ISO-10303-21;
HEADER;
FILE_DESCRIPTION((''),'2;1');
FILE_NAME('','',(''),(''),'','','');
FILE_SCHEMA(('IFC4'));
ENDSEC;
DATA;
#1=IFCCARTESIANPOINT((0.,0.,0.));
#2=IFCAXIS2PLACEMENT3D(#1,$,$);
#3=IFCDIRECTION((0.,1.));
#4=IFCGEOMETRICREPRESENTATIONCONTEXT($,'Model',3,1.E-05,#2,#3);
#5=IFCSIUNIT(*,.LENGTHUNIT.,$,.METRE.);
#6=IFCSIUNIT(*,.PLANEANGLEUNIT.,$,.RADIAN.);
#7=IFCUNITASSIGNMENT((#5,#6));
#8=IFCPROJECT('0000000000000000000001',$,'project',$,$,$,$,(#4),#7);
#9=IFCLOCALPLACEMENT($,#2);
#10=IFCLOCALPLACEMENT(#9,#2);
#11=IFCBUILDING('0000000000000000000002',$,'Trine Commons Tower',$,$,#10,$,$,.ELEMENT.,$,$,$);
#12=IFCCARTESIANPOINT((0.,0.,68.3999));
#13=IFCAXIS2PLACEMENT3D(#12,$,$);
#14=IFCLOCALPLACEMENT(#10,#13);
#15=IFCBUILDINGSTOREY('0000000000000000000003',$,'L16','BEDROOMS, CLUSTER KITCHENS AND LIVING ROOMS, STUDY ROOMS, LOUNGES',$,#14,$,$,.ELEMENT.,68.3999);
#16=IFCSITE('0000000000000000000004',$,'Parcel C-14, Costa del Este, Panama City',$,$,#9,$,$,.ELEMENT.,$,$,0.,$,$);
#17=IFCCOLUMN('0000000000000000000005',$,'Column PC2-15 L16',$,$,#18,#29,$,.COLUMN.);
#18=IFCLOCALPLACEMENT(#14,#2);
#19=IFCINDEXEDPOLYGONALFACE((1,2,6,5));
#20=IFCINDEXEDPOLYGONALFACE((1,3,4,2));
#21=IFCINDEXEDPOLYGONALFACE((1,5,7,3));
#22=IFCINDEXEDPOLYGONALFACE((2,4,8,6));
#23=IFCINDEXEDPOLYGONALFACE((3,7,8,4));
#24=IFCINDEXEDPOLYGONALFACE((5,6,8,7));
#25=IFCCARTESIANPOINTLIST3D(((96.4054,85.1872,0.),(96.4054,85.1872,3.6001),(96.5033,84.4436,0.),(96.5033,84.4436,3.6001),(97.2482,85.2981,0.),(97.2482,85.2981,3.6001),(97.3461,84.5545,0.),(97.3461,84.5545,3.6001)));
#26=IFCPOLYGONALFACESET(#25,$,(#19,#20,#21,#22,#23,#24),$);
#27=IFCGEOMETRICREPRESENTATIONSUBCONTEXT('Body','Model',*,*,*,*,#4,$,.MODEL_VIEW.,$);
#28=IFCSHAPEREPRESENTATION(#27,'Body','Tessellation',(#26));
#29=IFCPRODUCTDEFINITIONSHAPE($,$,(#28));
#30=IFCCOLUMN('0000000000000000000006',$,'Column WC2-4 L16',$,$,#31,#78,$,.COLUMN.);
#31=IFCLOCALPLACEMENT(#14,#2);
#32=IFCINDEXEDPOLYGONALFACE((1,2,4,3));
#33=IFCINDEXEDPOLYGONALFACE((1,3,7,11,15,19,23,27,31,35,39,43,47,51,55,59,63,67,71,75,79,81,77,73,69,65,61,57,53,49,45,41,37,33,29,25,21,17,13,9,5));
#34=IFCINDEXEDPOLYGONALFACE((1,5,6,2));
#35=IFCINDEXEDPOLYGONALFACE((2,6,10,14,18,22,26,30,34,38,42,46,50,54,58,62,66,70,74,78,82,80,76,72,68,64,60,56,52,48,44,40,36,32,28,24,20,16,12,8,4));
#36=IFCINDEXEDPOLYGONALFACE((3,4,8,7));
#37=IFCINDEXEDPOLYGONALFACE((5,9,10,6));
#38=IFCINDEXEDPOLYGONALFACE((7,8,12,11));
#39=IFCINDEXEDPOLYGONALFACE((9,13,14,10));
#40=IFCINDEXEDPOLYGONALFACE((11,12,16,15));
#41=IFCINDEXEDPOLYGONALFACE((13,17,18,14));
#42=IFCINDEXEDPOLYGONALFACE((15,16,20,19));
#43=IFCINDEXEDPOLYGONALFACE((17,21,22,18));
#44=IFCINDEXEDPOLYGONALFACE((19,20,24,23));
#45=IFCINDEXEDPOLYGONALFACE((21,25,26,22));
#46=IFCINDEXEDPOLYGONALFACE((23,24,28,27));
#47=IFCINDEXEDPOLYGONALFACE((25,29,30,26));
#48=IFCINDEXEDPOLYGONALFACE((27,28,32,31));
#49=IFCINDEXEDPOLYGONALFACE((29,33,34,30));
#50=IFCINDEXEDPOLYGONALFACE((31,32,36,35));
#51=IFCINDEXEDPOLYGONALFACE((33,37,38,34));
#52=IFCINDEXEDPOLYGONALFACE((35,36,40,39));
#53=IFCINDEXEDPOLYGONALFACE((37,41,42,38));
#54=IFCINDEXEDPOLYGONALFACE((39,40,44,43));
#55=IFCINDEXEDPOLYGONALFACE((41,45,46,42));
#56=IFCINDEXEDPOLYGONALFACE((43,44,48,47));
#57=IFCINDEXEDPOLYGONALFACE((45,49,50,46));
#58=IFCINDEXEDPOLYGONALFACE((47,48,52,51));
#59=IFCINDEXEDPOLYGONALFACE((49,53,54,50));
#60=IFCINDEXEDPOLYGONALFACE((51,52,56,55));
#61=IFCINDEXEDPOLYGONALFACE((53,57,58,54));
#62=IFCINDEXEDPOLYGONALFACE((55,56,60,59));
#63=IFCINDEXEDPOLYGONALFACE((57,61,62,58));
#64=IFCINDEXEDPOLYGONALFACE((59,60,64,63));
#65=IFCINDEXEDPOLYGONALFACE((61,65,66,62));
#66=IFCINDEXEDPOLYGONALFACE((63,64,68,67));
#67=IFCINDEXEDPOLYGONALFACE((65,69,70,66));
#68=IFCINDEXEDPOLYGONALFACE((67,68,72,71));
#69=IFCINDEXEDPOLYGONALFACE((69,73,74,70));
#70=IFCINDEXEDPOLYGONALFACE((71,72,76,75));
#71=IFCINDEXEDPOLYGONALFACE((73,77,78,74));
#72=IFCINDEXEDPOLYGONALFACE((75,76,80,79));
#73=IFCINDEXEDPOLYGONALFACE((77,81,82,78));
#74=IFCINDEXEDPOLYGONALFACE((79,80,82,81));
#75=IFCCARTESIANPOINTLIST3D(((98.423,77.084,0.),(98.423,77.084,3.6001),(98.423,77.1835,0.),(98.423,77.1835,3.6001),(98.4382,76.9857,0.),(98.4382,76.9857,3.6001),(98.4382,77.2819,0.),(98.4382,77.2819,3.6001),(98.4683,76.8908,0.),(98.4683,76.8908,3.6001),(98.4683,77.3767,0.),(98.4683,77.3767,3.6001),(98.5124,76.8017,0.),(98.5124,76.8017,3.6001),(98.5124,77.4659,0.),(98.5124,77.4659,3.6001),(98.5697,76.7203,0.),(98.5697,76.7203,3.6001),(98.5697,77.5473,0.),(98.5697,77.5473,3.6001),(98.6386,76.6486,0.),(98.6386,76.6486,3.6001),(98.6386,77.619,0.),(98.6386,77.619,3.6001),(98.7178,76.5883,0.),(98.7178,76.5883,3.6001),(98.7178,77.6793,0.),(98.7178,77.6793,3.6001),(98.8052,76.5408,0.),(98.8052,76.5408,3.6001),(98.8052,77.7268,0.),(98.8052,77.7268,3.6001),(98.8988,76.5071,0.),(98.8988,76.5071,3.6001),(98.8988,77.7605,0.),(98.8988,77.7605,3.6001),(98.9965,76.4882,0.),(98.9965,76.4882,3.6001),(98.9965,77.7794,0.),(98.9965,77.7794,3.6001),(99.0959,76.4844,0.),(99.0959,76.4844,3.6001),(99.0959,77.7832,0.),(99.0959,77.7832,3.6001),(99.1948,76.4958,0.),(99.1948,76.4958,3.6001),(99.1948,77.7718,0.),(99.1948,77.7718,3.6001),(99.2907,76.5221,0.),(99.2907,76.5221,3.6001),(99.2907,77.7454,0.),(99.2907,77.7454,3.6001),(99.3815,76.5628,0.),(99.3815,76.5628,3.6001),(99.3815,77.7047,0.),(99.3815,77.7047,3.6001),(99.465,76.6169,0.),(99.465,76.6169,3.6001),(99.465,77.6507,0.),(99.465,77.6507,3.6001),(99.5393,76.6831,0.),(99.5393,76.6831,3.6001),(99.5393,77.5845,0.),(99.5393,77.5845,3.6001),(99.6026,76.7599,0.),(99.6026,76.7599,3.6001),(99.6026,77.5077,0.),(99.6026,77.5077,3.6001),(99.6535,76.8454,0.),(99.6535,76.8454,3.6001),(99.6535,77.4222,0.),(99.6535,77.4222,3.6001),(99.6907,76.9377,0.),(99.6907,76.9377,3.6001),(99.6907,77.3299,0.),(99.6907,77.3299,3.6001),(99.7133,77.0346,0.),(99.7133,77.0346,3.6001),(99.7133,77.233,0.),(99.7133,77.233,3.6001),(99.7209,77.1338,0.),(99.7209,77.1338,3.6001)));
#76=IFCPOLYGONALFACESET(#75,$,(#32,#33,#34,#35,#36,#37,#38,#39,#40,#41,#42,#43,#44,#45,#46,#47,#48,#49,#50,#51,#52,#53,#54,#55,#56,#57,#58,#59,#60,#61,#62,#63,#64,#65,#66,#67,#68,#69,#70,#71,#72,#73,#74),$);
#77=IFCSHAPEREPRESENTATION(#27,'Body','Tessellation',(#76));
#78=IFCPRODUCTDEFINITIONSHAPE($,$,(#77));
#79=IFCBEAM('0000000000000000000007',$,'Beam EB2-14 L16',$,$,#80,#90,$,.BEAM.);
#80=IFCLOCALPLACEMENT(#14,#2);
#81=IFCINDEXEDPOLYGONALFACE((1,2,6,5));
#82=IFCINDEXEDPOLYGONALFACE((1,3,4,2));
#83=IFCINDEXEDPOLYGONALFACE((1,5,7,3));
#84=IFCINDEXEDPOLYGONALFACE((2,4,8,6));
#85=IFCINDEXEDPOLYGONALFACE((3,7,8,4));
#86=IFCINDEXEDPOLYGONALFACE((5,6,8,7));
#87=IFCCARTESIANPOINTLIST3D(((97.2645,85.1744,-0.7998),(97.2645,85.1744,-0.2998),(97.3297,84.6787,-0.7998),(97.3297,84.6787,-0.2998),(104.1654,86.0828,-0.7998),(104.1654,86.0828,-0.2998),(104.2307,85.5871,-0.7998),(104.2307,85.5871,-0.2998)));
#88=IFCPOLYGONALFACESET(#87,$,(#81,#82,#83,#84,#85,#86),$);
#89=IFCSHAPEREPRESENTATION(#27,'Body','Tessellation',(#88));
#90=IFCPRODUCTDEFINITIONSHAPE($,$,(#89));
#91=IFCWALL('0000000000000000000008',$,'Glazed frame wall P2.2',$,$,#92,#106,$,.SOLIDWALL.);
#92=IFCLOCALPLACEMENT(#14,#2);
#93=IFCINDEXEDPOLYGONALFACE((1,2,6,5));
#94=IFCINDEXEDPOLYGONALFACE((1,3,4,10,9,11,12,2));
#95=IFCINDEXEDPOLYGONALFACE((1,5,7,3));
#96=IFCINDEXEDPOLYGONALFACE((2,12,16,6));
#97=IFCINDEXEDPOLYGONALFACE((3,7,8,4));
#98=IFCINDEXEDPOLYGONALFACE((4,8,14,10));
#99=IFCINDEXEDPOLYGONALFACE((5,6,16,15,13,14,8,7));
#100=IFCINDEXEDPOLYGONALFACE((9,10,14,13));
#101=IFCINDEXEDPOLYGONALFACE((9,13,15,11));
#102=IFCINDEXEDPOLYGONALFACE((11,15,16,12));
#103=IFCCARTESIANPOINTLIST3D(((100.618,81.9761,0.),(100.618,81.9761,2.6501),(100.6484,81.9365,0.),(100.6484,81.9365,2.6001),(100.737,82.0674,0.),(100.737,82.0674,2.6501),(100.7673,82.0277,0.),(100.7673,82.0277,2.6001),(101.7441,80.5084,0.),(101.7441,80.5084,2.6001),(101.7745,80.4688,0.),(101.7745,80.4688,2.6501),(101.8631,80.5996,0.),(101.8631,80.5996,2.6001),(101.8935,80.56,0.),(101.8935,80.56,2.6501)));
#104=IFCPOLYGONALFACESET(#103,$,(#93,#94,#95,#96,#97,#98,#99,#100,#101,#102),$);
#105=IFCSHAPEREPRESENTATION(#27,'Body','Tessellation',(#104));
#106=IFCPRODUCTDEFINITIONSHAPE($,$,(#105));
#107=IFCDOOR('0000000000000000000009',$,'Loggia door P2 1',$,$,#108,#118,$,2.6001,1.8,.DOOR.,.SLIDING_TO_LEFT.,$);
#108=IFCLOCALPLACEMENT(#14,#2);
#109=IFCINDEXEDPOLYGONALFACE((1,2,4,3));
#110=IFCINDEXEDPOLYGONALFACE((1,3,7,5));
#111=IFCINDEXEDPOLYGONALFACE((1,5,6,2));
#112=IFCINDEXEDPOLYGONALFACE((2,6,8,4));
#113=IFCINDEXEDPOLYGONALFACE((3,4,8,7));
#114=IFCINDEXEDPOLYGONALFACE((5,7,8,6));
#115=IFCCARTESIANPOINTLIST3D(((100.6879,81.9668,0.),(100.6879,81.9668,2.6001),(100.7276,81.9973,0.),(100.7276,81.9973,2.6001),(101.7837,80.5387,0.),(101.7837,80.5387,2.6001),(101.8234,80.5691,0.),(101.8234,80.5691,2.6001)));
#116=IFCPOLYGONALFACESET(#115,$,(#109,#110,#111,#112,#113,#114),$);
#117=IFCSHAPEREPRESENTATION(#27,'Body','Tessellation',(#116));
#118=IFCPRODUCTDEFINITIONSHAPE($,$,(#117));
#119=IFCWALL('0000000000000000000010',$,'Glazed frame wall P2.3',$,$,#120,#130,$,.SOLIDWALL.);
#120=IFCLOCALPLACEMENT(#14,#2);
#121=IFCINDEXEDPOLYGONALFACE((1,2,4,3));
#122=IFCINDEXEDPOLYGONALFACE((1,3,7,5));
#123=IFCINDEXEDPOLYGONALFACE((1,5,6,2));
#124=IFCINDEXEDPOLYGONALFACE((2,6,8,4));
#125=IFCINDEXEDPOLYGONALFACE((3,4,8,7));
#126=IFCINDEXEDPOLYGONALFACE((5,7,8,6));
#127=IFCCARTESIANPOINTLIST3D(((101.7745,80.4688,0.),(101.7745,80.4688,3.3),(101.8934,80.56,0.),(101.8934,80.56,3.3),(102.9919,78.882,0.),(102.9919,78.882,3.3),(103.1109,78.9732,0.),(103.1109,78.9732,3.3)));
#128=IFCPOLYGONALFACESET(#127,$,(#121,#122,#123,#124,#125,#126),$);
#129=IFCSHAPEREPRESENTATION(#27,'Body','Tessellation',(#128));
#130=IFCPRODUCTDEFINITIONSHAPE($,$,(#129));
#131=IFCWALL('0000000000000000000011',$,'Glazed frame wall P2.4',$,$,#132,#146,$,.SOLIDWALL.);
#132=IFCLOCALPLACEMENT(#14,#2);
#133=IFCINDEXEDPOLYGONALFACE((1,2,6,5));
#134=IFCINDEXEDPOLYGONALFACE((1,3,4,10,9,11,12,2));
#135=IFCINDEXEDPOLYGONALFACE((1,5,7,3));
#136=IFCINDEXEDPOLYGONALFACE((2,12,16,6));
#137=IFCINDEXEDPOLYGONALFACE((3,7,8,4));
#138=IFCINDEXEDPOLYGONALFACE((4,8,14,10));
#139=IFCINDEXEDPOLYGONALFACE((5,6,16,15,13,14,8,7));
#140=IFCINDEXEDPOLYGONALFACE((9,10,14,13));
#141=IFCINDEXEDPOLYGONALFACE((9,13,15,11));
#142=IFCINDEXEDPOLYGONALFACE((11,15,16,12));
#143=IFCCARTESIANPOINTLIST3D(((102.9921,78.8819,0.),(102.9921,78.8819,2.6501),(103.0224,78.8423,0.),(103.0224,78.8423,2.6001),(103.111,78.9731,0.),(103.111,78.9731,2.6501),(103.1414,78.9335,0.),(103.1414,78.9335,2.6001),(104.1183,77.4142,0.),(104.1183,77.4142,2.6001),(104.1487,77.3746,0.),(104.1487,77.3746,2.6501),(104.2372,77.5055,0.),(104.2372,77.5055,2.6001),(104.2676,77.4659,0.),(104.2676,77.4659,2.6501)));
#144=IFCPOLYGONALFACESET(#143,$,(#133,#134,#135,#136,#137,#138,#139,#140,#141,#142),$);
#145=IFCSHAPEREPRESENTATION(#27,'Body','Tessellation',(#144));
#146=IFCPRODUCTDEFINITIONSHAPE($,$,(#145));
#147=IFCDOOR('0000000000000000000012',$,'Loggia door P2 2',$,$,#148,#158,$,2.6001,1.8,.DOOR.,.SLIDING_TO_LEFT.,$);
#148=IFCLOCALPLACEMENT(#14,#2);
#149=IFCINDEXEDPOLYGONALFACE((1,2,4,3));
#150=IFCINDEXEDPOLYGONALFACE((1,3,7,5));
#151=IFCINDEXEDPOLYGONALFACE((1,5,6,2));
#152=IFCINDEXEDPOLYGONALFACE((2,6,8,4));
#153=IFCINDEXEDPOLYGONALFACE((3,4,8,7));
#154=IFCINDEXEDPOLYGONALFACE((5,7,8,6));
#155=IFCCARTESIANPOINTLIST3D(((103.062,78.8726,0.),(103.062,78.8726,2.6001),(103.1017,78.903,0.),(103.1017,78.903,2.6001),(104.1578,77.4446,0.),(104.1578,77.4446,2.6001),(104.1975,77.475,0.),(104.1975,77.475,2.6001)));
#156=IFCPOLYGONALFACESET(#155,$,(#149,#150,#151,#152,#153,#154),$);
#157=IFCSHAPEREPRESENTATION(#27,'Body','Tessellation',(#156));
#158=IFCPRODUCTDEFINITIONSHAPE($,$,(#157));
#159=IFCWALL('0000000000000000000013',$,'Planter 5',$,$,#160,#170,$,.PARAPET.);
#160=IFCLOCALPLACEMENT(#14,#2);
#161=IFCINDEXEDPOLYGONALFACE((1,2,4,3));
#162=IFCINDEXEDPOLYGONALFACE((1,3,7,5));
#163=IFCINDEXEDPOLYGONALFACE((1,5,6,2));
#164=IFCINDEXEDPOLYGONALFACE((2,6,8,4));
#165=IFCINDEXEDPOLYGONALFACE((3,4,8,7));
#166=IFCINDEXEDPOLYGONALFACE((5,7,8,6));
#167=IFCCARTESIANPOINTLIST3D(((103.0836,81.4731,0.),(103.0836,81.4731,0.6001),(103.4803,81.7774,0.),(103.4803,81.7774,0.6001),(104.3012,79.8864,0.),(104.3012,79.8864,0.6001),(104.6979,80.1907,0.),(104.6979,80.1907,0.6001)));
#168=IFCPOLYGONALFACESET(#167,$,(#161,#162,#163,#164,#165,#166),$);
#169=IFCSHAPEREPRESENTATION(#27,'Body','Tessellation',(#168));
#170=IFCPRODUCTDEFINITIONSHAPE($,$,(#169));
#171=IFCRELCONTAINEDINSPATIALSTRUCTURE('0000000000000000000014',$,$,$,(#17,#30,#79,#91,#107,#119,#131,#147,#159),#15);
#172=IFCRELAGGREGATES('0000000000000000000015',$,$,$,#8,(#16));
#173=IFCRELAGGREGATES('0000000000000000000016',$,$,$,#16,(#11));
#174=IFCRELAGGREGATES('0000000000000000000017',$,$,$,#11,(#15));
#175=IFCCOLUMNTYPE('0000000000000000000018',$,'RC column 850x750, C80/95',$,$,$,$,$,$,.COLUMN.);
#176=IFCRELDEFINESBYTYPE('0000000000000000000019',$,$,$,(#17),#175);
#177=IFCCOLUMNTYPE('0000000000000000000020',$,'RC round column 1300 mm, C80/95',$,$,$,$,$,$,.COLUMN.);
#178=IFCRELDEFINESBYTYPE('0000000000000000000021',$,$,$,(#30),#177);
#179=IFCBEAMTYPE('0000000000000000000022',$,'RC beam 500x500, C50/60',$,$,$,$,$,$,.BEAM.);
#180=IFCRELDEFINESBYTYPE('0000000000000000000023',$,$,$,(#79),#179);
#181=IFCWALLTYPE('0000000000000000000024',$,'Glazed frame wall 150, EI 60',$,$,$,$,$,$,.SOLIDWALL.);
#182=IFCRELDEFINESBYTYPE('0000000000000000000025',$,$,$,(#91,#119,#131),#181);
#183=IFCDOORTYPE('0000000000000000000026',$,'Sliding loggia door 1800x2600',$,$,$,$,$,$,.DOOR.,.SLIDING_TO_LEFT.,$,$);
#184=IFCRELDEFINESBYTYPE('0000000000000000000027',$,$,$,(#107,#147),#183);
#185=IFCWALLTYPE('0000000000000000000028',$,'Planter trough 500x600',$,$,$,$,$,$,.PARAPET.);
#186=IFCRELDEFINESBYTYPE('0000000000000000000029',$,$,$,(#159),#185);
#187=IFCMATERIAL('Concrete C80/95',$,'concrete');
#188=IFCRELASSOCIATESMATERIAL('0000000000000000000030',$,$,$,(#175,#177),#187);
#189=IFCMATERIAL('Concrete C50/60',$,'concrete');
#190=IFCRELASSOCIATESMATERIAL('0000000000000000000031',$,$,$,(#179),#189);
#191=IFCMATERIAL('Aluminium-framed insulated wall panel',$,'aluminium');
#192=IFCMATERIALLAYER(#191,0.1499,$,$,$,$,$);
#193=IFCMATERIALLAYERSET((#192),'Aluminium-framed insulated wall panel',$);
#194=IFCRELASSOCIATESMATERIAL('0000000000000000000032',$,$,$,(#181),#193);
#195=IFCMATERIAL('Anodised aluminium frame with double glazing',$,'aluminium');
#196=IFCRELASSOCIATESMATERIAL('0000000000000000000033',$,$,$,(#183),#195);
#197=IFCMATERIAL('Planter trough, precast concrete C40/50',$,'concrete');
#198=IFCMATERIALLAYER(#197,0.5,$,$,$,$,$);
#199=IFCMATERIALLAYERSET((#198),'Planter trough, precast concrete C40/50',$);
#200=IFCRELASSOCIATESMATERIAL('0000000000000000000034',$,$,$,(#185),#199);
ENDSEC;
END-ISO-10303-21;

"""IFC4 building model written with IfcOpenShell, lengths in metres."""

from ifc_helpers import new_model, si_unit, direction, frame, frame_2d, origin, origin_2d, place, context, subcontext, project, spatial, polyline, rectangle, circle, outline, extrude, material, layer, layer_set, material_profile, profile_set, type_object, element, fill, save


model = new_model("IFC4")

# Units and contexts
model_context = context("Model", 3, precision=1e-05, world=origin(), true_north=direction((0.0, 1.0)))
body_context = subcontext(model_context, "Body", "Model", "MODEL_VIEW")
ifc_project = project(units=[si_unit("LENGTHUNIT", "METRE"), si_unit("PLANEANGLEUNIT", "RADIAN")], contexts=[model_context])

# Site, building, storey
site_placement = place(None, origin())
site = spatial("IfcSite", under=ifc_project, at=site_placement, Name="Parcel C-14, Costa del Este, Panama City", CompositionType="ELEMENT", RefElevation=0.0)
building_placement = place(site_placement, origin())
building = spatial("IfcBuilding", under=site, at=building_placement, Name="Trine Commons Tower", CompositionType="ELEMENT")
storey_placement = place(building_placement, frame((0.0, 0.0, 68.3999)))
storey = spatial("IfcBuildingStorey", under=building, at=storey_placement, Name="L16", Description="BEDROOMS, CLUSTER KITCHENS AND LIVING ROOMS, STUDY ROOMS, LOUNGES", CompositionType="ELEMENT", Elevation=68.3999)

# Columns
ifc_material_1 = material(Name="Concrete C80/95", Category="concrete")
ifc_material_profile_1 = material_profile(ifc_material_1, rectangle(XDim=0.8501, YDim=0.75, at=origin_2d()), Name="RC 850x750")
ifc_profile_set_1 = profile_set([ifc_material_profile_1], Name="Concrete C80/95")
column_type_1 = type_object("IfcColumnType", Name="RC column 850x750, C80/95", PredefinedType="COLUMN", material=ifc_profile_set_1)
column_1_placement = place(storey_placement, frame((96.8757, 84.8708, 0.0), z_axis=(0.0, 0.0, 1.0), x_axis=(0.991445, 0.130526, 0.0)))
element("IfcColumn", 1, at=column_1_placement, inside=storey, type_object=column_type_1, Name="Column PC2-15 L16", PredefinedType="COLUMN", context=body_context, shape_type="SweptSolid", body=[
    extrude(rectangle(XDim=0.8501, YDim=0.75, at=origin_2d()), origin(), (0.0, 0.0, 1.0), 3.6001),
])
ifc_material_profile_2 = material_profile(ifc_material_1, circle(Radius=0.6499, at=origin_2d()), Name="RC round 1300")
ifc_profile_set_2 = profile_set([ifc_material_profile_2], Name="Concrete C80/95")
column_type_2 = type_object("IfcColumnType", Name="RC round column 1300 mm, C80/95", PredefinedType="COLUMN", material=ifc_profile_set_2)
column_2_placement = place(storey_placement, frame((99.071, 77.1338, 0.0), z_axis=(0.0, 0.0, 1.0), x_axis=(1.0, 0.0, 0.0)))
element("IfcColumn", 2, at=column_2_placement, inside=storey, type_object=column_type_2, Name="Column WC2-4 L16", PredefinedType="COLUMN", context=body_context, shape_type="SweptSolid", body=[
    extrude(circle(Radius=0.6499, at=origin_2d()), origin(), (0.0, 0.0, 1.0), 3.6001),
])

# Beam
ifc_material_2 = material(Name="Concrete C50/60", Category="concrete")
ifc_material_profile_3 = material_profile(ifc_material_2, rectangle(XDim=0.5, YDim=0.5, at=origin_2d()), Name="RC 500x500")
ifc_profile_set_3 = profile_set([ifc_material_profile_3], Name="Concrete C50/60")
beam_type = type_object("IfcBeamType", Name="RC beam 500x500, C50/60", PredefinedType="BEAM", material=ifc_profile_set_3)
beam_placement = place(storey_placement, frame((97.2971, 84.9265, -0.5498), z_axis=(0.991446, 0.130516, 0.0), x_axis=(-0.130516, 0.991446, 0.0)))
element("IfcBeam", 3, at=beam_placement, inside=storey, type_object=beam_type, Name="Beam EB2-14 L16", PredefinedType="BEAM", context=body_context, shape_type="SweptSolid", body=[
    extrude(rectangle(XDim=0.5, YDim=0.5, at=origin_2d()), origin(), (0.0, 0.0, 1.0), 6.9604),
])

# Shared definitions
ifc_material_3 = material(Name="Aluminium-framed insulated wall panel", Category="aluminium")
ifc_layer_1 = layer(ifc_material_3, 0.1499)
ifc_layer_set_1 = layer_set([ifc_layer_1], Name="Aluminium-framed insulated wall panel")
wall_type_1 = type_object("IfcWallType", Name="Glazed frame wall 150, EI 60", PredefinedType="SOLIDWALL", material=ifc_layer_set_1)

# Wall, opening, door
wall_1_placement = place(storey_placement, frame((100.6775, 82.0217, 0.0), z_axis=(0.0, 0.0, 1.0), x_axis=(0.608723, -0.793383, 0.0)))
wall_1 = element("IfcWall", 4, at=wall_1_placement, inside=storey, type_object=wall_type_1, Name="Glazed frame wall P2.2", PredefinedType="SOLIDWALL", context=body_context, shape_type="SweptSolid", body=[
    extrude(outline(polyline([(0.0, -0.075), (1.8999, -0.075), (1.8999, 0.075), (0.0, 0.075), (0.0, -0.075)])), origin(), (0.0, 0.0, 1.0), 2.6501),
])
opening_1_placement = place(wall_1_placement, frame((0.05, 0.0, 0.0)))
opening_1 = element("IfcOpeningElement", 5, at=opening_1_placement, cuts=wall_1, PredefinedType="OPENING", context=body_context, shape_type="SweptSolid", body=[
    extrude(rectangle(XDim=1.8, YDim=2.6001, at=frame_2d((0.8999, 1.3))), frame((0.0, 0.085, 0.0), z_axis=(0.0, -1.0, 0.0), x_axis=(1.0, 0.0, 0.0)), (0.0, 0.0, 1.0), 0.1699),
])
ifc_material_4 = material(Name="Anodised aluminium frame with double glazing", Category="aluminium")
door_type_1 = type_object("IfcDoorType", Name="Sliding loggia door 1800x2600", OperationType="SLIDING_TO_LEFT", PredefinedType="DOOR", material=ifc_material_4)
door_1_placement = place(opening_1_placement, origin())
door_1 = element("IfcDoor", 6, at=door_1_placement, inside=storey, type_object=door_type_1, Name="Loggia door P2 1", OperationType="SLIDING_TO_LEFT", OverallHeight=2.6001, OverallWidth=1.8, PredefinedType="DOOR", context=body_context, shape_type="SweptSolid", body=[
    extrude(rectangle(XDim=1.8, YDim=2.6001, at=frame_2d((0.8999, 1.3))), frame((0.0, 0.0249, 0.0), z_axis=(0.0, -1.0, 0.0), x_axis=(1.0, 0.0, 0.0)), (0.0, 0.0, 1.0), 0.05),
])
fill(opening_1, door_1)

# Wall
wall_2_placement = place(storey_placement, frame((101.834, 80.5144, 0.0), z_axis=(0.0, 0.0, 1.0), x_axis=(0.608713, -0.79339, 0.0)))
element("IfcWall", 7, at=wall_2_placement, inside=storey, type_object=wall_type_1, Name="Glazed frame wall P2.3", PredefinedType="SOLIDWALL", context=body_context, shape_type="SweptSolid", body=[
    extrude(outline(polyline([(0.0, -0.075), (2.0, -0.075), (2.0, 0.075), (0.0, 0.075), (0.0, -0.075)])), origin(), (0.0, 0.0, 1.0), 3.3),
])

# Wall, opening, door
wall_3_placement = place(storey_placement, frame((103.0515, 78.9275, 0.0), z_axis=(0.0, 0.0, 1.0), x_axis=(0.608804, -0.793321, 0.0)))
wall_3 = element("IfcWall", 8, at=wall_3_placement, inside=storey, type_object=wall_type_1, Name="Glazed frame wall P2.4", PredefinedType="SOLIDWALL", context=body_context, shape_type="SweptSolid", body=[
    extrude(outline(polyline([(0.0, -0.075), (1.8999, -0.075), (1.8999, 0.075), (0.0, 0.075), (0.0, -0.075)])), origin(), (0.0, 0.0, 1.0), 2.6501),
])
opening_2_placement = place(wall_3_placement, frame((0.05, 0.0, 0.0)))
opening_2 = element("IfcOpeningElement", 9, at=opening_2_placement, cuts=wall_3, PredefinedType="OPENING", context=body_context, shape_type="SweptSolid", body=[
    extrude(rectangle(XDim=1.8, YDim=2.6001, at=frame_2d((0.8999, 1.3))), frame((0.0, 0.085, 0.0), z_axis=(0.0, -1.0, 0.0), x_axis=(1.0, 0.0, 0.0)), (0.0, 0.0, 1.0), 0.1699),
])
door_2_placement = place(opening_2_placement, origin())
door_2 = element("IfcDoor", 10, at=door_2_placement, inside=storey, type_object=door_type_1, Name="Loggia door P2 2", OperationType="SLIDING_TO_LEFT", OverallHeight=2.6001, OverallWidth=1.8, PredefinedType="DOOR", context=body_context, shape_type="SweptSolid", body=[
    extrude(rectangle(XDim=1.8, YDim=2.6001, at=frame_2d((0.8999, 1.3))), frame((0.0, 0.0249, 0.0), z_axis=(0.0, -1.0, 0.0), x_axis=(1.0, 0.0, 0.0)), (0.0, 0.0, 1.0), 0.05),
])
fill(opening_2, door_2)

# Wall
ifc_material_5 = material(Name="Planter trough, precast concrete C40/50", Category="concrete")
ifc_layer_2 = layer(ifc_material_5, 0.5)
ifc_layer_set_2 = layer_set([ifc_layer_2], Name="Planter trough, precast concrete C40/50")
wall_type_2 = type_object("IfcWallType", Name="Planter trough 500x600", PredefinedType="PARAPET", material=ifc_layer_set_2)
wall_4_placement = place(storey_placement, frame((103.282, 81.6252, 0.0), z_axis=(0.0, 0.0, 1.0), x_axis=(0.608772, -0.793345, 0.0)))
element("IfcWall", 11, at=wall_4_placement, inside=storey, type_object=wall_type_2, Name="Planter 5", PredefinedType="PARAPET", context=body_context, shape_type="SweptSolid", body=[
    extrude(rectangle(XDim=2.0, YDim=0.5, at=frame_2d((1.0, 0.0))), origin(), (0.0, 0.0, 1.0), 0.6001),
])

save(model, "model.ifc")
